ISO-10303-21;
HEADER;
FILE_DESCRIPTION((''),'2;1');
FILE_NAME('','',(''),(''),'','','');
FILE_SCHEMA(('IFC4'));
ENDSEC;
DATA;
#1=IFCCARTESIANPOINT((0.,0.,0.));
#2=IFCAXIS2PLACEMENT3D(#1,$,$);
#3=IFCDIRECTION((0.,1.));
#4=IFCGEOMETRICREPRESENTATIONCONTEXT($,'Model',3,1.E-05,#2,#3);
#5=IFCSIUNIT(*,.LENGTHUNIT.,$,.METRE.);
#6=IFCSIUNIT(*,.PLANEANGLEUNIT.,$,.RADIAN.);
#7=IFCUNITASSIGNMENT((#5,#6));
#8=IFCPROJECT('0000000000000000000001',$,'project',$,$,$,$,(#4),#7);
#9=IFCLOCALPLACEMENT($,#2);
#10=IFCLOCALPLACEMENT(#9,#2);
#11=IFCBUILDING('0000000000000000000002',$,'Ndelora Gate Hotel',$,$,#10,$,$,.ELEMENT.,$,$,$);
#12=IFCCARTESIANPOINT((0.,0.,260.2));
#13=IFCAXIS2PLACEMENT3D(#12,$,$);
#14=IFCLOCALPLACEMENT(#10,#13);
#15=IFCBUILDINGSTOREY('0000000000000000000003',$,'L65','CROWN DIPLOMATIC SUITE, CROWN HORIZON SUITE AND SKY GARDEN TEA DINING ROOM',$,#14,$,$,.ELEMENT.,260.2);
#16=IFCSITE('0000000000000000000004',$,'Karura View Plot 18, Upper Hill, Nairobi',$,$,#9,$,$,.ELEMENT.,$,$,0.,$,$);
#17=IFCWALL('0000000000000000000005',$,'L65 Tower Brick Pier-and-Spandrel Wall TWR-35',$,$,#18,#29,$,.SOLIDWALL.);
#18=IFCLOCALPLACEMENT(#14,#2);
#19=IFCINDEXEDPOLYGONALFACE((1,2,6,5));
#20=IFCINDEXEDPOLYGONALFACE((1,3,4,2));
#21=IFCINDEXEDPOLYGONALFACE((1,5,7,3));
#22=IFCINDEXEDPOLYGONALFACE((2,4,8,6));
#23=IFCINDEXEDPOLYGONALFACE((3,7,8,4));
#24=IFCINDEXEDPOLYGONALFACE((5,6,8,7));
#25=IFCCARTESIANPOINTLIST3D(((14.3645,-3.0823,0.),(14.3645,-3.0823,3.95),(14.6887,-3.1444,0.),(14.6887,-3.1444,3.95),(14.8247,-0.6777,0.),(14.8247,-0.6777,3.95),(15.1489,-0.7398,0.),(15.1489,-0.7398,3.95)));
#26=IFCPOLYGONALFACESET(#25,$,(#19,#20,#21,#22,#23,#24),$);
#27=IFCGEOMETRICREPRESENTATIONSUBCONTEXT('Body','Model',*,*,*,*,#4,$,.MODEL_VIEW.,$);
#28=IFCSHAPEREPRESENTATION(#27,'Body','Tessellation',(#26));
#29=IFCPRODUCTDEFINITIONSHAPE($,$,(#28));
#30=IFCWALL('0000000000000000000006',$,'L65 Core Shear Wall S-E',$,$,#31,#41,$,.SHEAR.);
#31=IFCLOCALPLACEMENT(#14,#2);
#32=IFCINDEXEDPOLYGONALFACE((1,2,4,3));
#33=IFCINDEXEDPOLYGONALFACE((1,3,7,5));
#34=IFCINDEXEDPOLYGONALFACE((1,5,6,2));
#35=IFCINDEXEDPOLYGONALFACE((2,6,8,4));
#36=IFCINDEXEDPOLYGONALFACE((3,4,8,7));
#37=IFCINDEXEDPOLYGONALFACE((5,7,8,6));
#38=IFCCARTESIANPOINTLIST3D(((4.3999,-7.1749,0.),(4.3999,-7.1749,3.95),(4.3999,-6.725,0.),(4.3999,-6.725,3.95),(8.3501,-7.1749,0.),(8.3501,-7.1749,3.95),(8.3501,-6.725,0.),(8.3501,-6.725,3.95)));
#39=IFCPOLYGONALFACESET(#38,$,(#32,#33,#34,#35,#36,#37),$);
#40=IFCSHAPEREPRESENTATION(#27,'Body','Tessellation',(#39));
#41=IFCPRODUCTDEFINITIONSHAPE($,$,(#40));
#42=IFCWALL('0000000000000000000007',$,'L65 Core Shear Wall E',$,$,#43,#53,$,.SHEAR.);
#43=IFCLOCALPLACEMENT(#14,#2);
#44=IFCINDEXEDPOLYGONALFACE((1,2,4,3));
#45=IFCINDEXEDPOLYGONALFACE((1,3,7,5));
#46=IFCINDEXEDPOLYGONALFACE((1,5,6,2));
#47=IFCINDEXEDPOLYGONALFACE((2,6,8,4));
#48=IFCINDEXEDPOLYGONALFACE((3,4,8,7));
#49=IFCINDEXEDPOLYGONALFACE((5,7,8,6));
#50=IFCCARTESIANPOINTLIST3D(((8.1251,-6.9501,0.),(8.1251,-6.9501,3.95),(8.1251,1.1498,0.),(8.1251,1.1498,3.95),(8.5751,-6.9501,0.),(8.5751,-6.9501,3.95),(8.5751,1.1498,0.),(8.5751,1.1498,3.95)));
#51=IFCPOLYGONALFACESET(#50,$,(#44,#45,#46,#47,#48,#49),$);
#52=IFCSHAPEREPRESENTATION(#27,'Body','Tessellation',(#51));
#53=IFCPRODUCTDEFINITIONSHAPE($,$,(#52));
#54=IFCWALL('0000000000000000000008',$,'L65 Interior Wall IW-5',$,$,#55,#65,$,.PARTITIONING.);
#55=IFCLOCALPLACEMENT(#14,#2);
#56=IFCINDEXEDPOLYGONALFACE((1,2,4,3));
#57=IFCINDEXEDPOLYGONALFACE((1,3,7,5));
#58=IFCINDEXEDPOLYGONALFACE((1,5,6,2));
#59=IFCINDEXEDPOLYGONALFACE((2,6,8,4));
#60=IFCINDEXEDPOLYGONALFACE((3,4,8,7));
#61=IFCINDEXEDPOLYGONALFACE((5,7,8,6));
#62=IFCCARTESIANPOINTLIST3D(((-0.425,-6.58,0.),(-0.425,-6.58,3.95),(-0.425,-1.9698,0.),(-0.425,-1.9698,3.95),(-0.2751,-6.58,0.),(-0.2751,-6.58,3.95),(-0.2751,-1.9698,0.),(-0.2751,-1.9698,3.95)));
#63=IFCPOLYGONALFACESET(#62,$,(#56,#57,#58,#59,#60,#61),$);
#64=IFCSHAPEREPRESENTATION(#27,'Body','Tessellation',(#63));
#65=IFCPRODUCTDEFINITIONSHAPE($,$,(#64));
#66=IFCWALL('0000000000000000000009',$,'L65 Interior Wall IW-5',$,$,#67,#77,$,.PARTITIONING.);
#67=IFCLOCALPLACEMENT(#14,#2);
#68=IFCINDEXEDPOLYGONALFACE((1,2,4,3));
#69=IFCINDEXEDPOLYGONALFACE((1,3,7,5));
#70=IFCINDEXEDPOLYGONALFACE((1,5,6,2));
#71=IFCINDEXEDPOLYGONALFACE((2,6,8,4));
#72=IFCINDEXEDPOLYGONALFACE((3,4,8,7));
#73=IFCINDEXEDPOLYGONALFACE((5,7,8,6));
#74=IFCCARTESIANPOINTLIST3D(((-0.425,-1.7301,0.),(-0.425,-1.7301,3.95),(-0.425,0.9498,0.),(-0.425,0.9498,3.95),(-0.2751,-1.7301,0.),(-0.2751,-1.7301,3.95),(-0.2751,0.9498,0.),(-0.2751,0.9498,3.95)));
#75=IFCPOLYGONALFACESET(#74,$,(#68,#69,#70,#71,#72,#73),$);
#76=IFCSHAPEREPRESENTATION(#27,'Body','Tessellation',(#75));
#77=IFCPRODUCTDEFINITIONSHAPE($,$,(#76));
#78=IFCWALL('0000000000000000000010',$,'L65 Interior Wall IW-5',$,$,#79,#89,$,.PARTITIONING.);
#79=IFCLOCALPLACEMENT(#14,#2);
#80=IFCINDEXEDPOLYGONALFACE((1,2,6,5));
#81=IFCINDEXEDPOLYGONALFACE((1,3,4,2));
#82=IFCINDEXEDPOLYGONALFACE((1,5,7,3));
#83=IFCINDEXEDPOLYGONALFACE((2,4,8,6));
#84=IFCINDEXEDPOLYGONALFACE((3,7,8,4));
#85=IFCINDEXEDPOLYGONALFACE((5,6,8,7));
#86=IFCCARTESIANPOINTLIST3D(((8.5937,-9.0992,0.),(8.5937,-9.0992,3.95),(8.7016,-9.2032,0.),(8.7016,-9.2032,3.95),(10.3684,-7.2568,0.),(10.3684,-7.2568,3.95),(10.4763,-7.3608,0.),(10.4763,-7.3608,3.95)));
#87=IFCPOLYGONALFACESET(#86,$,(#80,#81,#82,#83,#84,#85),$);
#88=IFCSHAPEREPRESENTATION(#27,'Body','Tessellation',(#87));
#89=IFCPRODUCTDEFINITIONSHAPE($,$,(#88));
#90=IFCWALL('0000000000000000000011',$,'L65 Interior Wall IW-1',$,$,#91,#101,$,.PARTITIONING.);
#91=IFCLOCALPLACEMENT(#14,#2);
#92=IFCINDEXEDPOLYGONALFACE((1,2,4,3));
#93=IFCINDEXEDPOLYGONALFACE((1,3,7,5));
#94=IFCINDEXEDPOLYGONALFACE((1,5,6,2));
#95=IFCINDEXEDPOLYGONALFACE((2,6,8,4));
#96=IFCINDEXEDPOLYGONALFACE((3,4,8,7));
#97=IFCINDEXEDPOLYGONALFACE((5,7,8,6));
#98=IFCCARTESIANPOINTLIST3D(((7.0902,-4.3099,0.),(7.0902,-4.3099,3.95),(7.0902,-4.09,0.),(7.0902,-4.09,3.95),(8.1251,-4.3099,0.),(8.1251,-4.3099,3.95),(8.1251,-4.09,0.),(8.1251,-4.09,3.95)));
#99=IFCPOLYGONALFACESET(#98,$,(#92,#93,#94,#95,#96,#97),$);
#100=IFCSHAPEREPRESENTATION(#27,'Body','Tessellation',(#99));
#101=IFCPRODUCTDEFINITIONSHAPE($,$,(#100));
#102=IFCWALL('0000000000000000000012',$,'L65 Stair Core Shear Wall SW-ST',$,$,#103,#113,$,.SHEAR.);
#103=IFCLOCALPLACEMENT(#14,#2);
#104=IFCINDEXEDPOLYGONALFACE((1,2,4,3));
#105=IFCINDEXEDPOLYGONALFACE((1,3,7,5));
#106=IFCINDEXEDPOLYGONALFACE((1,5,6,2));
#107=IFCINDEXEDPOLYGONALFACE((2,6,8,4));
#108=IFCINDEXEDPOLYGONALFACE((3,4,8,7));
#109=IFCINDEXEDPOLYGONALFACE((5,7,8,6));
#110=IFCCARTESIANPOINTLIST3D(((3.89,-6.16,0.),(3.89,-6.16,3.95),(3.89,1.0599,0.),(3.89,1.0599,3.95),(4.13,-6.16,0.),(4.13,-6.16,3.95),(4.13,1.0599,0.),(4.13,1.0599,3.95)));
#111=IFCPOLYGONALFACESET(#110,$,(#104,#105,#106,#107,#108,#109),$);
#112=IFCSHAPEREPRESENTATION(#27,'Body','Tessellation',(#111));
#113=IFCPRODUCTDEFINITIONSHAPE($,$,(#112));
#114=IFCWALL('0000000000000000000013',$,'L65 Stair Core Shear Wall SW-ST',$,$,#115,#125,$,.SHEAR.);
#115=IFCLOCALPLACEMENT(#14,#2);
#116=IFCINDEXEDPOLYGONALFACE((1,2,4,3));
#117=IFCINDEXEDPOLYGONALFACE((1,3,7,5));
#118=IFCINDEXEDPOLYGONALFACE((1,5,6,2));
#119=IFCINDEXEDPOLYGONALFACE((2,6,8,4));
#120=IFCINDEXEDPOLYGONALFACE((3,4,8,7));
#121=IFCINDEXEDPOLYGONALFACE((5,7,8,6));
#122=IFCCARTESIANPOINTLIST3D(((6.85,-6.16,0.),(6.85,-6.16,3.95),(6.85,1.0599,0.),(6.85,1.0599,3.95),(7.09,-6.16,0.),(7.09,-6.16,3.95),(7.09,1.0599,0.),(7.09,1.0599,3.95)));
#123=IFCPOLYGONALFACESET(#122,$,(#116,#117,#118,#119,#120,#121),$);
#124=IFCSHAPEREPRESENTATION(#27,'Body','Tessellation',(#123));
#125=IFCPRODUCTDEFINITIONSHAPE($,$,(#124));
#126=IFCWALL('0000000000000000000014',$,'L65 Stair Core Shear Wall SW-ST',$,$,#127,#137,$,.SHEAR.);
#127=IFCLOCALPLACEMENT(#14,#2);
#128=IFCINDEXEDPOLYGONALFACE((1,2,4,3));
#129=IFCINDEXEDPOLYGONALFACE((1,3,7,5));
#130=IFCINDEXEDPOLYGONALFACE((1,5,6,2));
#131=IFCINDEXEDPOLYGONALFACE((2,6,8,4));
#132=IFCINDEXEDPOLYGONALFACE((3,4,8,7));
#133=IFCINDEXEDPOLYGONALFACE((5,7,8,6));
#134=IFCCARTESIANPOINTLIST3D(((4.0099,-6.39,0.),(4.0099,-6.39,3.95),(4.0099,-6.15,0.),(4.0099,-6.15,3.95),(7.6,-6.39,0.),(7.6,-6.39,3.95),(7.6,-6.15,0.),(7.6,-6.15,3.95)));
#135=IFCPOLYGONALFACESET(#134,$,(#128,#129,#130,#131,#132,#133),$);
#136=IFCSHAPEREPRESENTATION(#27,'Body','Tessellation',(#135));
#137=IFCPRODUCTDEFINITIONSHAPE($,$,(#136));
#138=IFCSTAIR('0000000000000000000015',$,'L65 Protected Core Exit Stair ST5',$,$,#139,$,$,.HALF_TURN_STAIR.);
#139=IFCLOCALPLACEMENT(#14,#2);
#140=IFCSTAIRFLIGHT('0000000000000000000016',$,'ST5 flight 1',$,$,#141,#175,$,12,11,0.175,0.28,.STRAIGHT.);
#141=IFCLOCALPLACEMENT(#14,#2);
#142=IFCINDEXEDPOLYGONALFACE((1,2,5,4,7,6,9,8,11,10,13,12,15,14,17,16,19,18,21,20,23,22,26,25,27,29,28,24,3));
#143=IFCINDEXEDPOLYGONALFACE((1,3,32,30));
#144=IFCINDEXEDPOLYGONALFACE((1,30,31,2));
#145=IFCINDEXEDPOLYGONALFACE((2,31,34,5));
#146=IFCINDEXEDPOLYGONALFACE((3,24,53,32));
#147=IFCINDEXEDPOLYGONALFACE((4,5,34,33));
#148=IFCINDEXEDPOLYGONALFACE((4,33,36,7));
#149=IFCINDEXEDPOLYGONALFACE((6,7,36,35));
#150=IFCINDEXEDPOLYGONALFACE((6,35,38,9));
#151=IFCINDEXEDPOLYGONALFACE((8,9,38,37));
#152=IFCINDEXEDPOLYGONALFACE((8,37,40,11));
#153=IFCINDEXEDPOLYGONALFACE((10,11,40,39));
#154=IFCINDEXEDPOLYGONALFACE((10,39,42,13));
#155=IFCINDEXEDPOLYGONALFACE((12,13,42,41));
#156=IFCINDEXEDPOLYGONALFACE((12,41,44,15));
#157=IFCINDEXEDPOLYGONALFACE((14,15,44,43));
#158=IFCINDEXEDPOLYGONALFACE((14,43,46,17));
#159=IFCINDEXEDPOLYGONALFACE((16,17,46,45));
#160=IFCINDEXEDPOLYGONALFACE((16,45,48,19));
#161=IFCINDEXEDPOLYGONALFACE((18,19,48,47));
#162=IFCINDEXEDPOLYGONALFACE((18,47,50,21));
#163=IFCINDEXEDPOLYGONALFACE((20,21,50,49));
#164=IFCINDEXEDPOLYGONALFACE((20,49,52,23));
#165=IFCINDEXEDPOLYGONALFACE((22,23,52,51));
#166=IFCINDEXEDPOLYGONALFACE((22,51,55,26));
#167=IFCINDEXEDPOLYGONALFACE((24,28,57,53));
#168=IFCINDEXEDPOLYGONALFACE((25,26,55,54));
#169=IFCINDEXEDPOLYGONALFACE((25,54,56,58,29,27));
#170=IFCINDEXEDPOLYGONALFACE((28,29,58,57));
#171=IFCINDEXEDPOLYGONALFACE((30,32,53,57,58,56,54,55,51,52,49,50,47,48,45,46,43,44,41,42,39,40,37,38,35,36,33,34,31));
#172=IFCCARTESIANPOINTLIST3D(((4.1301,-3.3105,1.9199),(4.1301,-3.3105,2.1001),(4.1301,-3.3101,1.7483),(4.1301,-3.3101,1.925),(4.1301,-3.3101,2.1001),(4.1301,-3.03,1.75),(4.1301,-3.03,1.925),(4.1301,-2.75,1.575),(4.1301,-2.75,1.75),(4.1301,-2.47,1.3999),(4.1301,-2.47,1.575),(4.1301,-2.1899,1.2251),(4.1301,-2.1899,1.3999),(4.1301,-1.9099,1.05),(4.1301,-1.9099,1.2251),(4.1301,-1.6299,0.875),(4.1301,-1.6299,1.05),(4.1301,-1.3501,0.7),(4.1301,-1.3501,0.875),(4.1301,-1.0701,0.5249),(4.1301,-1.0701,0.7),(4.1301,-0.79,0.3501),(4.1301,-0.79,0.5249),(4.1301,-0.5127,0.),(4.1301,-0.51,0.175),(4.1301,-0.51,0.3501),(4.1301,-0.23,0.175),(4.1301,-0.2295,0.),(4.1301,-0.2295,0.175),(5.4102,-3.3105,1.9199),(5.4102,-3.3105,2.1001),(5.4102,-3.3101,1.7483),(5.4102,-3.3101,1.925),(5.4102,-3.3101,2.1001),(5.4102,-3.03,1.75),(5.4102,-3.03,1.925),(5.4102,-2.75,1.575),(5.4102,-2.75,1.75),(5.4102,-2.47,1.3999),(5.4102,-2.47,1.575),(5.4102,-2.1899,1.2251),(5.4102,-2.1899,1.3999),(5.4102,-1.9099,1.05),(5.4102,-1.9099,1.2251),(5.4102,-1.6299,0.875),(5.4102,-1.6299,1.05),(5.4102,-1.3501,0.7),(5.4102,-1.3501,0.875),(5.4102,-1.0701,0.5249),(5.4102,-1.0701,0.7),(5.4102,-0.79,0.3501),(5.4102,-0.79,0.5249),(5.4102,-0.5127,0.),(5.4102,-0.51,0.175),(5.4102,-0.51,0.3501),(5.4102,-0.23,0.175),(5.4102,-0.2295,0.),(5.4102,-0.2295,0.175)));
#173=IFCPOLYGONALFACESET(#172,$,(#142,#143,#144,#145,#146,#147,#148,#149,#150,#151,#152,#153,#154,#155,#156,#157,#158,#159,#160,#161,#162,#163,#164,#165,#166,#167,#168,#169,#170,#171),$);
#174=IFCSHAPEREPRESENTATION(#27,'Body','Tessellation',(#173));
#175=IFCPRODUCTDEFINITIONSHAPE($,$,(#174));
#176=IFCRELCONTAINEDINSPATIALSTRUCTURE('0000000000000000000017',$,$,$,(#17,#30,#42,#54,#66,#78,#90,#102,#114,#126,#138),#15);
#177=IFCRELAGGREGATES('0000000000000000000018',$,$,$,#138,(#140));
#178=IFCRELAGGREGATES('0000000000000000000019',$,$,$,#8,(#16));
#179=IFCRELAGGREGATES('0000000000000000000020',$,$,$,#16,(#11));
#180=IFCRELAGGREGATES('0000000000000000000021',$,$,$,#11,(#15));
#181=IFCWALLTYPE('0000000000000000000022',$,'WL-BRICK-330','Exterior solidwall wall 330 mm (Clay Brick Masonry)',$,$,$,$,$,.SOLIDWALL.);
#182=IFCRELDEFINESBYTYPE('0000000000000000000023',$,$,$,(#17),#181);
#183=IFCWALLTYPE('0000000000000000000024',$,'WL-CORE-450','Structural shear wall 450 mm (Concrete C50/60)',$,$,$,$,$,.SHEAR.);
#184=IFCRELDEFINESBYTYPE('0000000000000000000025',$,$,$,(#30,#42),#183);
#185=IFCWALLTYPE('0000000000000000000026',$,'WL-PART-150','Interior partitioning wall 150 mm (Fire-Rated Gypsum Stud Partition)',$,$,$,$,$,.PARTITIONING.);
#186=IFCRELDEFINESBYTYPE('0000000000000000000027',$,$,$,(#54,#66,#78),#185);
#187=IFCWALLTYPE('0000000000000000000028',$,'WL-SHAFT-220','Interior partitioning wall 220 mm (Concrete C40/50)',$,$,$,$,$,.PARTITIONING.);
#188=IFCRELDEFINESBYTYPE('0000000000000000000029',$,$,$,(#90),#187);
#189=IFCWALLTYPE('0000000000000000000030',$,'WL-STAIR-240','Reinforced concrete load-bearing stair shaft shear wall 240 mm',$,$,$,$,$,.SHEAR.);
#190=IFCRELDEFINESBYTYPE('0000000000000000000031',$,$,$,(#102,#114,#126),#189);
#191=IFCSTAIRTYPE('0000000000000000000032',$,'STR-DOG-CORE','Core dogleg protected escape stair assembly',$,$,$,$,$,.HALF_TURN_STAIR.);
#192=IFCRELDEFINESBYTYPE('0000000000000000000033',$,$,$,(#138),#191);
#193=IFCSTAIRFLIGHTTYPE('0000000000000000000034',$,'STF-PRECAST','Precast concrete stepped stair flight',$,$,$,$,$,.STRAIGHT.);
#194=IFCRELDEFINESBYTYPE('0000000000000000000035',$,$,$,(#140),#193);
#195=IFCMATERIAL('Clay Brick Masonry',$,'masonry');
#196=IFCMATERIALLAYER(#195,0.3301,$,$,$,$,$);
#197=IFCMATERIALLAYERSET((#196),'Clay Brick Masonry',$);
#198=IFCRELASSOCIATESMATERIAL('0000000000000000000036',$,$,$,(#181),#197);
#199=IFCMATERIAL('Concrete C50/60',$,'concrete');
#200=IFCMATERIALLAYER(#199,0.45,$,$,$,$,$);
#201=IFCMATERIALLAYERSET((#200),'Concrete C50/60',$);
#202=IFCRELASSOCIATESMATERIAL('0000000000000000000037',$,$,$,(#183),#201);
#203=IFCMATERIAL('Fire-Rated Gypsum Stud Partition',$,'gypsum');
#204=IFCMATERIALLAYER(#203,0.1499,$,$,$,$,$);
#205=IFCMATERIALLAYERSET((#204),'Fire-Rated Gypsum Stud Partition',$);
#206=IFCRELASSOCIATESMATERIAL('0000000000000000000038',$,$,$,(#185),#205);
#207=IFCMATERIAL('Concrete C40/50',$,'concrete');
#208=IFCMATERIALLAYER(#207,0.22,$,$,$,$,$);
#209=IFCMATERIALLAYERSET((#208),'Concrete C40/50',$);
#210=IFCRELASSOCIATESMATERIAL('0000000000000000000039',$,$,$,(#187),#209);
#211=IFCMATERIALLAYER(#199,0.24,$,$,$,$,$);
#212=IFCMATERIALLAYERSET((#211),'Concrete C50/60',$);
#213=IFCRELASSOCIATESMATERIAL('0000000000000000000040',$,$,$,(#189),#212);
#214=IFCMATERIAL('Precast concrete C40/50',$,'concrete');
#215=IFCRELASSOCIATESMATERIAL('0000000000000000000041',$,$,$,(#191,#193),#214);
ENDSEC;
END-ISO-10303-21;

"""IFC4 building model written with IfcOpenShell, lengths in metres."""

from ifc_helpers import new_model, si_unit, direction, frame, frame_2d, origin, place, context, subcontext, project, spatial, polyline, rectangle, outline, extrude, material, layer, layer_set, type_object, element, aggregate, save


model = new_model("IFC4")

# Units and contexts
model_context = context("Model", 3, precision=1e-05, world=origin(), true_north=direction((0.0, 1.0)))
body_context = subcontext(model_context, "Body", "Model", "MODEL_VIEW")
ifc_project = project(units=[si_unit("LENGTHUNIT", "METRE"), si_unit("PLANEANGLEUNIT", "RADIAN")], contexts=[model_context])

# Site, building, storey
site_placement = place(None, origin())
site = spatial("IfcSite", under=ifc_project, at=site_placement, Name="Karura View Plot 18, Upper Hill, Nairobi", CompositionType="ELEMENT", RefElevation=0.0)
building_placement = place(site_placement, origin())
building = spatial("IfcBuilding", under=site, at=building_placement, Name="Ndelora Gate Hotel", CompositionType="ELEMENT")
storey_placement = place(building_placement, frame((0.0, 0.0, 260.2)))
storey = spatial("IfcBuildingStorey", under=building, at=storey_placement, Name="L65", Description="CROWN DIPLOMATIC SUITE, CROWN HORIZON SUITE AND SKY GARDEN TEA DINING ROOM", CompositionType="ELEMENT", Elevation=260.2)

# Shared definitions
ifc_material_1 = material(Name="Concrete C50/60", Category="concrete")

# Walls
ifc_material_2 = material(Name="Clay Brick Masonry", Category="masonry")
ifc_layer_1 = layer(ifc_material_2, 0.3301)
ifc_layer_set_1 = layer_set([ifc_layer_1], Name="Clay Brick Masonry")
wall_type_1 = type_object("IfcWallType", Name="WL-BRICK-330", Description="Exterior solidwall wall 330 mm (Clay Brick Masonry)", PredefinedType="SOLIDWALL", material=ifc_layer_set_1)
wall_1_placement = place(storey_placement, frame((14.9868, -0.7087, 0.0), z_axis=(0.0, 0.0, 1.0), x_axis=(-0.187978, -0.982173, 0.0)))
element("IfcWall", 1, at=wall_1_placement, inside=storey, type_object=wall_type_1, Name="L65 Tower Brick Pier-and-Spandrel Wall TWR-35", PredefinedType="SOLIDWALL", context=body_context, shape_type="SweptSolid", body=[
    extrude(rectangle(XDim=2.4482, YDim=0.3301, at=frame_2d((1.2241, 0.0))), origin(), (0.0, 0.0, 1.0), 3.95),
])
ifc_layer_2 = layer(ifc_material_1, 0.45)
ifc_layer_set_2 = layer_set([ifc_layer_2], Name="Concrete C50/60")
wall_type_2 = type_object("IfcWallType", Name="WL-CORE-450", Description="Structural shear wall 450 mm (Concrete C50/60)", PredefinedType="SHEAR", material=ifc_layer_set_2)
wall_2_placement = place(storey_placement, frame((4.3999, -6.95, 0.0), z_axis=(0.0, 0.0, 1.0), x_axis=(1.0, 0.0, 0.0)))
element("IfcWall", 2, at=wall_2_placement, inside=storey, type_object=wall_type_2, Name="L65 Core Shear Wall S-E", PredefinedType="SHEAR", context=body_context, shape_type="SweptSolid", body=[
    extrude(rectangle(XDim=3.9502, YDim=0.45, at=frame_2d((1.9751, 0.0))), origin(), (0.0, 0.0, 1.0), 3.95),
])
wall_3_placement = place(storey_placement, frame((8.3501, -6.95, 0.0), z_axis=(0.0, 0.0, 1.0), x_axis=(0.0, 1.0, 0.0)))
element("IfcWall", 3, at=wall_3_placement, inside=storey, type_object=wall_type_2, Name="L65 Core Shear Wall E", PredefinedType="SHEAR", context=body_context, shape_type="SweptSolid", body=[
    extrude(rectangle(XDim=8.0999, YDim=0.45, at=frame_2d((4.0498, 0.0))), origin(), (0.0, 0.0, 1.0), 3.95),
])
ifc_material_3 = material(Name="Fire-Rated Gypsum Stud Partition", Category="gypsum")
ifc_layer_3 = layer(ifc_material_3, 0.1499)
ifc_layer_set_3 = layer_set([ifc_layer_3], Name="Fire-Rated Gypsum Stud Partition")
wall_type_3 = type_object("IfcWallType", Name="WL-PART-150", Description="Interior partitioning wall 150 mm (Fire-Rated Gypsum Stud Partition)", PredefinedType="PARTITIONING", material=ifc_layer_set_3)
wall_4_placement = place(storey_placement, frame((-0.3501, -6.5801, 0.0), z_axis=(0.0, 0.0, 1.0), x_axis=(0.0, 1.0, 0.0)))
element("IfcWall", 4, at=wall_4_placement, inside=storey, type_object=wall_type_3, Name="L65 Interior Wall IW-5", PredefinedType="PARTITIONING", context=body_context, shape_type="SweptSolid", body=[
    extrude(rectangle(XDim=4.6101, YDim=0.1499, at=frame_2d((2.3052, 0.0))), origin(), (0.0, 0.0, 1.0), 3.95),
])
wall_5_placement = place(storey_placement, frame((-0.3501, -1.73, 0.0), z_axis=(0.0, 0.0, 1.0), x_axis=(0.0, 1.0, 0.0)))
element("IfcWall", 5, at=wall_5_placement, inside=storey, type_object=wall_type_3, Name="L65 Interior Wall IW-5", PredefinedType="PARTITIONING", context=body_context, shape_type="SweptSolid", body=[
    extrude(rectangle(XDim=2.6799, YDim=0.1499, at=frame_2d((1.3398, 0.0))), origin(), (0.0, 0.0, 1.0), 3.95),
])
wall_6_placement = place(storey_placement, frame((10.4224, -7.3088, 0.0), z_axis=(0.0, 0.0, 1.0), x_axis=(-0.693765, -0.720202, 0.0)))
element("IfcWall", 6, at=wall_6_placement, inside=storey, type_object=wall_type_3, Name="L65 Interior Wall IW-5", PredefinedType="PARTITIONING", context=body_context, shape_type="SweptSolid", body=[
    extrude(rectangle(XDim=2.5581, YDim=0.1499, at=frame_2d((1.2791, 0.0))), origin(), (0.0, 0.0, 1.0), 3.95),
])
ifc_material_4 = material(Name="Concrete C40/50", Category="concrete")
ifc_layer_4 = layer(ifc_material_4, 0.22)
ifc_layer_set_4 = layer_set([ifc_layer_4], Name="Concrete C40/50")
wall_type_4 = type_object("IfcWallType", Name="WL-SHAFT-220", Description="Interior partitioning wall 220 mm (Concrete C40/50)", PredefinedType="PARTITIONING", material=ifc_layer_set_4)
wall_7_placement = place(storey_placement, frame((7.0901, -4.2, 0.0), z_axis=(0.0, 0.0, 1.0), x_axis=(1.0, 0.0, 0.0)))
element("IfcWall", 7, at=wall_7_placement, inside=storey, type_object=wall_type_4, Name="L65 Interior Wall IW-1", PredefinedType="PARTITIONING", context=body_context, shape_type="SweptSolid", body=[
    extrude(rectangle(XDim=1.0349, YDim=0.22, at=frame_2d((0.5176, 0.0))), origin(), (0.0, 0.0, 1.0), 3.95),
])
ifc_layer_5 = layer(ifc_material_1, 0.24)
ifc_layer_set_5 = layer_set([ifc_layer_5], Name="Concrete C50/60")
wall_type_5 = type_object("IfcWallType", Name="WL-STAIR-240", Description="Reinforced concrete load-bearing stair shaft shear wall 240 mm", PredefinedType="SHEAR", material=ifc_layer_set_5)
for number, where, z_axis, x_axis, name in (
    (8, (4.01, -6.1599, 0.0), (0.0, 0.0, 1.0), (0.0, 1.0, 0.0), "L65 Stair Core Shear Wall SW-ST"),
    (9, (6.97, -6.1599, 0.0), (0.0, 0.0, 1.0), (0.0, 1.0, 0.0), "L65 Stair Core Shear Wall SW-ST"),
):
    element("IfcWall", number, at=place(storey_placement, frame(where, z_axis=z_axis, x_axis=x_axis)), inside=storey, type_object=wall_type_5, Name=name, PredefinedType="SHEAR", context=body_context, shape_type="SweptSolid", body=[
        extrude(rectangle(XDim=7.22, YDim=0.24, at=frame_2d((3.6099, 0.0))), origin(), (0.0, 0.0, 1.0), 3.95),
    ])
wall_8_placement = place(storey_placement, frame((4.01, -6.27, 0.0), z_axis=(0.0, 0.0, 1.0), x_axis=(1.0, 0.0, 0.0)))
element("IfcWall", 10, at=wall_8_placement, inside=storey, type_object=wall_type_5, Name="L65 Stair Core Shear Wall SW-ST", PredefinedType="SHEAR", context=body_context, shape_type="SweptSolid", body=[
    extrude(rectangle(XDim=3.5901, YDim=0.24, at=frame_2d((1.7949, 0.0))), origin(), (0.0, 0.0, 1.0), 3.95),
])

# Stair, stair flight
ifc_material_5 = material(Name="Precast concrete C40/50", Category="concrete")
stair_type = type_object("IfcStairType", Name="STR-DOG-CORE", Description="Core dogleg protected escape stair assembly", PredefinedType="HALF_TURN_STAIR", material=ifc_material_5)
stair_placement = place(storey_placement, origin())
stair = element("IfcStair", 11, at=stair_placement, inside=storey, type_object=stair_type, Name="L65 Protected Core Exit Stair ST5", PredefinedType="HALF_TURN_STAIR")
stair_flight_type = type_object("IfcStairFlightType", Name="STF-PRECAST", Description="Precast concrete stepped stair flight", PredefinedType="STRAIGHT", material=ifc_material_5)
stair_flight_1_placement = place(storey_placement, frame((4.77, -0.23, 0.0), z_axis=(0.0, 0.0, 1.0), x_axis=(0.0, -1.0, 0.0)))
stair_flight_1 = element("IfcStairFlight", 12, at=stair_flight_1_placement, type_object=stair_flight_type, Name="ST5 flight 1", NumberOfRisers=12, NumberOfTreads=11, PredefinedType="STRAIGHT", RiserHeight=0.175, TreadLength=0.28, context=body_context, shape_type="SweptSolid", body=[
    extrude(outline(polyline([(-0.0005, 0.0), (-0.0005, 0.175), (0.0, 0.175), (0.28, 0.175), (0.28, 0.3501), (0.5601, 0.3501), (0.5601, 0.5249), (0.8401, 0.5249), (0.8401, 0.7), (1.1201, 0.7), (1.1201, 0.875), (1.3999, 0.875), (1.3999, 1.05), (1.6799, 1.05), (1.6799, 1.2251), (1.96, 1.2251), (1.96, 1.3999), (2.24, 1.3999), (2.24, 1.575), (2.52, 1.575), (2.52, 1.75), (2.8, 1.75), (2.8, 1.925), (3.0801, 1.925), (3.0801, 2.1001), (3.0806, 2.1001), (3.0806, 1.9199), (3.0801, 1.7483), (0.2827, 0.0), (-0.0005, 0.0)])), frame((0.0, 0.6401, 0.0), z_axis=(0.0, -1.0, 0.0), x_axis=(1.0, 0.0, 0.0)), (0.0, 0.0, 1.0), 1.28),
])
aggregate(stair, [stair_flight_1])

save(model, "model.ifc")
